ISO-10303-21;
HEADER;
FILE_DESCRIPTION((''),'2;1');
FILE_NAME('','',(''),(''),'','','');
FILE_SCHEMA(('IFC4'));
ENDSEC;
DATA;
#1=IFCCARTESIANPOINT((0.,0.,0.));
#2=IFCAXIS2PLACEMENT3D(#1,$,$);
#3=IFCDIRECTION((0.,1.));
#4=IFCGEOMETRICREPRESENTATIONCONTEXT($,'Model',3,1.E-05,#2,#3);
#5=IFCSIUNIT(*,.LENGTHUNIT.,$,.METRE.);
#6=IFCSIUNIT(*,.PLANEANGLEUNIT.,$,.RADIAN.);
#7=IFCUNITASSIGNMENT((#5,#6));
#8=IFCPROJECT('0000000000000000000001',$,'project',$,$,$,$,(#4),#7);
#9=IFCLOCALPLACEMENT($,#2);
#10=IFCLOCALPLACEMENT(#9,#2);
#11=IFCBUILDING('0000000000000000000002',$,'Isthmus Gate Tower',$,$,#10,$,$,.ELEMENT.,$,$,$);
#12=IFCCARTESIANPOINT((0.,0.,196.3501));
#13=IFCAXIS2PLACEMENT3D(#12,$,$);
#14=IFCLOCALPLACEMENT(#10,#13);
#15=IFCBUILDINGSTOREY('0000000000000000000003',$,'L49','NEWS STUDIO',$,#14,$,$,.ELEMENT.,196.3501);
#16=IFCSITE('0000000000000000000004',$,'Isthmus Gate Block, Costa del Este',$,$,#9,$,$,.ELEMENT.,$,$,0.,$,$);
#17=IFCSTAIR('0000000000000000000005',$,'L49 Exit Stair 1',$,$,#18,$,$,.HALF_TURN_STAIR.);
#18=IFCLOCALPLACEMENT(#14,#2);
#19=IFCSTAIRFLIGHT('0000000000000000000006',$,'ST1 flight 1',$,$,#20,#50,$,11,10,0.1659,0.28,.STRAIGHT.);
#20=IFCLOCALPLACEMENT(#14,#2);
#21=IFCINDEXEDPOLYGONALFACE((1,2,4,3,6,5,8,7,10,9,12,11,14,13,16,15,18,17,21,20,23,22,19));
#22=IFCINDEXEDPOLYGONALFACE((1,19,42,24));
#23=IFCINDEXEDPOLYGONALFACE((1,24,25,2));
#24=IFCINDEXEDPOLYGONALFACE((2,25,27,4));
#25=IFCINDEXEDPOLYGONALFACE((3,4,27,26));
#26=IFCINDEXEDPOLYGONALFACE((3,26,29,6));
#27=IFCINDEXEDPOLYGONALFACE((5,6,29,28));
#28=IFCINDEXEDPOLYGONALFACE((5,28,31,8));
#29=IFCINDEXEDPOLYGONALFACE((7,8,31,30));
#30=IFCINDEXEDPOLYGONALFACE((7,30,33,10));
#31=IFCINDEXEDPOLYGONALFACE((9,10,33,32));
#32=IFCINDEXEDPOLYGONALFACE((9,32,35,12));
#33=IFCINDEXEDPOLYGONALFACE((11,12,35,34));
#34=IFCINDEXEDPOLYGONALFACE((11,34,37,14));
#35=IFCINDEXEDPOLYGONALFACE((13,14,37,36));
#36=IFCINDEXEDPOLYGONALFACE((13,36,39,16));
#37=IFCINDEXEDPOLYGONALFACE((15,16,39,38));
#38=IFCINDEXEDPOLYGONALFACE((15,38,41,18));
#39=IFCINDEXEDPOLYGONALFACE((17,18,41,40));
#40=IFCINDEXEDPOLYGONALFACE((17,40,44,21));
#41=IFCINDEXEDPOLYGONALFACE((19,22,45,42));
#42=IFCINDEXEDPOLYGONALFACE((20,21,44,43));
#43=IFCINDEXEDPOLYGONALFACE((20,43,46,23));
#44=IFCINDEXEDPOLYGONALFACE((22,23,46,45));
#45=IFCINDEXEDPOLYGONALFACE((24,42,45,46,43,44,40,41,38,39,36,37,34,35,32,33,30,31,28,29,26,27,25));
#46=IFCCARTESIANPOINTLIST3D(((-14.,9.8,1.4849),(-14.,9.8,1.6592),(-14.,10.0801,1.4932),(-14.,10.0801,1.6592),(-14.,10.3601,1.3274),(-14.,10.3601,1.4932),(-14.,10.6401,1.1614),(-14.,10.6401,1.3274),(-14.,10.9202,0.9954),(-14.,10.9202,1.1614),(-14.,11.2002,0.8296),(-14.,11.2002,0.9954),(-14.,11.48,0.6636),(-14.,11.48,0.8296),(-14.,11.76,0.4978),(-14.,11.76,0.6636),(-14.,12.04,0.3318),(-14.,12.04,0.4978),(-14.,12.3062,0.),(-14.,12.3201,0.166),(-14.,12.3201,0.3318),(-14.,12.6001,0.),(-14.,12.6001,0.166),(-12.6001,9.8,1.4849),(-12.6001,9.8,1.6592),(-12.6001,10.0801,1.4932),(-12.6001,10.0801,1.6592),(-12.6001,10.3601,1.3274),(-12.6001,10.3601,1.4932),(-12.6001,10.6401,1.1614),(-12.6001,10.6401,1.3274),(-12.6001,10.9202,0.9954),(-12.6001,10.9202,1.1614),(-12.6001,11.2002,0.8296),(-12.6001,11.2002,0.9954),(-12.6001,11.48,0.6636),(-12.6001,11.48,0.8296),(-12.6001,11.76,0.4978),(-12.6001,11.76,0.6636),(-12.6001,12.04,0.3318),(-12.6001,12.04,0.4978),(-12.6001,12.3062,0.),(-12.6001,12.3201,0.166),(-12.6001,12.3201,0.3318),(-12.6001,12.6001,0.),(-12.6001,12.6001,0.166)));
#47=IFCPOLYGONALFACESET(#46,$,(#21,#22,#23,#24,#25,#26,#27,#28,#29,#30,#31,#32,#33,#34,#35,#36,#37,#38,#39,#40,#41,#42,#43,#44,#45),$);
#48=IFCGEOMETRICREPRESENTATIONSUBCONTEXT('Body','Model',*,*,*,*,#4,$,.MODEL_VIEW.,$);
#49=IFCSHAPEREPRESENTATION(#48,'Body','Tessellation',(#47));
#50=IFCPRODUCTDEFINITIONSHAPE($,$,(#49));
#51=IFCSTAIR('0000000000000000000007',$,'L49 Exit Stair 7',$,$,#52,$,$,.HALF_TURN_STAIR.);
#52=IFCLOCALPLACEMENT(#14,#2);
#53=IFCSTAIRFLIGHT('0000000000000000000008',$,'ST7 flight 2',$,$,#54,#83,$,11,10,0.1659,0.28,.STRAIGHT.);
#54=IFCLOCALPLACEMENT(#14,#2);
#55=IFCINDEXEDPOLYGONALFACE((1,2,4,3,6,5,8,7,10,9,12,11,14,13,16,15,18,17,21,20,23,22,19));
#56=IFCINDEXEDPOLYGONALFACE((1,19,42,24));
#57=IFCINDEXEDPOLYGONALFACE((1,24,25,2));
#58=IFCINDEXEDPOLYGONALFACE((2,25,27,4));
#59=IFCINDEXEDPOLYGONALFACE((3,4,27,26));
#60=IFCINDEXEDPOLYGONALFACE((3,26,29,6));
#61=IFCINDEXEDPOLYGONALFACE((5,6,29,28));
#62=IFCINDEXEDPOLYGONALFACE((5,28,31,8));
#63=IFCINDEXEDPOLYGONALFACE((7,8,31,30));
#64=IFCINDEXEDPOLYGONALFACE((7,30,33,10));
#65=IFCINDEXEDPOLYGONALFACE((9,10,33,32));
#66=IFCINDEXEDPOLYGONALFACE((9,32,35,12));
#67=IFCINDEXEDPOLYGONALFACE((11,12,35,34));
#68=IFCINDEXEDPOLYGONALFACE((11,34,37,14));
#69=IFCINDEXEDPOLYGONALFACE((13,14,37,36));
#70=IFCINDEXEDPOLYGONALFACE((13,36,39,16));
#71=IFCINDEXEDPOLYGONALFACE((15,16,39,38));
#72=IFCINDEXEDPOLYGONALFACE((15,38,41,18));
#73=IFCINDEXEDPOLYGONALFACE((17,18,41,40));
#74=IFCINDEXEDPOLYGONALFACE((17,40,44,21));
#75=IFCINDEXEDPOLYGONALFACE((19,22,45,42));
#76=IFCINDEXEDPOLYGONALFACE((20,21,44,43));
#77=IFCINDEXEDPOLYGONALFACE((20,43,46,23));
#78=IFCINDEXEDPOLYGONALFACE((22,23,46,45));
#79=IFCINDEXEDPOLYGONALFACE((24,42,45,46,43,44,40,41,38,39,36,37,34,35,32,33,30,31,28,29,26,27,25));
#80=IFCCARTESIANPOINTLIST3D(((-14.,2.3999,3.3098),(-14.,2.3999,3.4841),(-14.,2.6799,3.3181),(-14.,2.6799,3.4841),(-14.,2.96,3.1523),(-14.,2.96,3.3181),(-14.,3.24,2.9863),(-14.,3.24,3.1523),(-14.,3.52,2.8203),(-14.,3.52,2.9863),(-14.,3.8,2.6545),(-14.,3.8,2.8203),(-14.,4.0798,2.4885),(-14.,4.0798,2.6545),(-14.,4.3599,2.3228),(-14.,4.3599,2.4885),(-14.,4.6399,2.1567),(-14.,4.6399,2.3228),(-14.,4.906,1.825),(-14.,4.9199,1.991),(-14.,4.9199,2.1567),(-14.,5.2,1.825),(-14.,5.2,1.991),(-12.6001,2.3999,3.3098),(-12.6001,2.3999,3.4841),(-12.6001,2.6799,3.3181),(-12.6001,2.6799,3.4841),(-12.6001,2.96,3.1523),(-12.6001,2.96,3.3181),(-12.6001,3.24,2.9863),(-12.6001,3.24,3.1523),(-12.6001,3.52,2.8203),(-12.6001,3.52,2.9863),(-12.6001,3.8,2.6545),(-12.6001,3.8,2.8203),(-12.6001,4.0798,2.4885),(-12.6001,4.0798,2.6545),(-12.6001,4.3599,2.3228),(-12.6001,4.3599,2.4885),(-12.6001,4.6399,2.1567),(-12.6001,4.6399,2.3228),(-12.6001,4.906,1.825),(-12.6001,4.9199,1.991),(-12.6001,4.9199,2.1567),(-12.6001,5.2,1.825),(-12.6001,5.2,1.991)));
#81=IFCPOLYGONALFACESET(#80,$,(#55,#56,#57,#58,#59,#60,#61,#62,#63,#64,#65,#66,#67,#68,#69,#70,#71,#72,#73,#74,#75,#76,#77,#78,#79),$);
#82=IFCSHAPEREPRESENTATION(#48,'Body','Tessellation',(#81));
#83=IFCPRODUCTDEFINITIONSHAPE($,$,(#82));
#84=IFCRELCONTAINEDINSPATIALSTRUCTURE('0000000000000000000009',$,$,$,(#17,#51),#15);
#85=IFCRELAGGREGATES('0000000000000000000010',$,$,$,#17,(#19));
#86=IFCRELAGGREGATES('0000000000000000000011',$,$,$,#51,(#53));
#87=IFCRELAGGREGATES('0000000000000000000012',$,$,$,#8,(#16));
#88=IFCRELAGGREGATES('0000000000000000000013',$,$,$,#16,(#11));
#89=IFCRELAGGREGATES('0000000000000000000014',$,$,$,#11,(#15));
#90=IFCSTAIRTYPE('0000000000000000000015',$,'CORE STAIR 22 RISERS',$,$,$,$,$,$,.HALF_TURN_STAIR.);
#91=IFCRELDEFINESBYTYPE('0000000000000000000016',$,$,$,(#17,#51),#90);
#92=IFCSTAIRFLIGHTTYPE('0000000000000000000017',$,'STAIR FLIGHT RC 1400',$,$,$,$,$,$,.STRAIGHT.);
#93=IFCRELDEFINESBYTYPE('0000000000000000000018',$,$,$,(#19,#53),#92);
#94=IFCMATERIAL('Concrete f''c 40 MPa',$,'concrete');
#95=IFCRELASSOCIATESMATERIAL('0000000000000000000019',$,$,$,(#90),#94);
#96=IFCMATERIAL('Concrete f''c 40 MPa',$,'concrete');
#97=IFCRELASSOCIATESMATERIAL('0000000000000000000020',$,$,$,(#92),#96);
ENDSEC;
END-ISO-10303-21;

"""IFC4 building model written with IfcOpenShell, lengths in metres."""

from ifc_helpers import new_model, si_unit, direction, frame, origin, place, context, subcontext, project, spatial, polyline, outline, extrude, material, type_object, element, aggregate, save


model = new_model("IFC4")

# Units and contexts
model_context = context("Model", 3, precision=1e-05, world=origin(), true_north=direction((0.0, 1.0)))
body_context = subcontext(model_context, "Body", "Model", "MODEL_VIEW")
ifc_project = project(units=[si_unit("LENGTHUNIT", "METRE"), si_unit("PLANEANGLEUNIT", "RADIAN")], contexts=[model_context])

# Site, building, storey
site_placement = place(None, origin())
site = spatial("IfcSite", under=ifc_project, at=site_placement, Name="Isthmus Gate Block, Costa del Este", CompositionType="ELEMENT", RefElevation=0.0)
building_placement = place(site_placement, origin())
building = spatial("IfcBuilding", under=site, at=building_placement, Name="Isthmus Gate Tower", CompositionType="ELEMENT")
storey_placement = place(building_placement, frame((0.0, 0.0, 196.3501)))
storey = spatial("IfcBuildingStorey", under=building, at=storey_placement, Name="L49", Description="NEWS STUDIO", CompositionType="ELEMENT", Elevation=196.3501)

# Stairs, stair flights
ifc_material_1 = material(Name="Concrete f'c 40 MPa", Category="concrete")
stair_type = type_object("IfcStairType", Name="CORE STAIR 22 RISERS", PredefinedType="HALF_TURN_STAIR", material=ifc_material_1)
stair_1_placement = place(storey_placement, origin())
stair_1 = element("IfcStair", 1, at=stair_1_placement, inside=storey, type_object=stair_type, Name="L49 Exit Stair 1", PredefinedType="HALF_TURN_STAIR")
ifc_material_2 = material(Name="Concrete f'c 40 MPa", Category="concrete")
stair_flight_type = type_object("IfcStairFlightType", Name="STAIR FLIGHT RC 1400", PredefinedType="STRAIGHT", material=ifc_material_2)
stair_flight_1_placement = place(storey_placement, frame((-13.3, 12.6001, 0.0), z_axis=(0.0, 0.0, 1.0), x_axis=(0.0, -1.0, 0.0)))
stair_flight_1 = element("IfcStairFlight", 2, at=stair_flight_1_placement, type_object=stair_flight_type, Name="ST1 flight 1", NumberOfRisers=11, NumberOfTreads=10, PredefinedType="STRAIGHT", RiserHeight=0.1659, TreadLength=0.28, context=body_context, shape_type="SweptSolid", body=[
    extrude(outline(polyline([(0.0, 0.0), (0.0, 0.166), (0.28, 0.166), (0.28, 0.3318), (0.5601, 0.3318), (0.5601, 0.4978), (0.8401, 0.4978), (0.8401, 0.6636), (1.1201, 0.6636), (1.1201, 0.8296), (1.3999, 0.8296), (1.3999, 0.9954), (1.6799, 0.9954), (1.6799, 1.1614), (1.96, 1.1614), (1.96, 1.3274), (2.24, 1.3274), (2.24, 1.4932), (2.52, 1.4932), (2.52, 1.6592), (2.8, 1.6592), (2.8, 1.825), (2.8, 1.4849), (0.2939, 0.0), (0.0, 0.0)])), frame((0.0, 0.7, 0.0), z_axis=(0.0, -1.0, 0.0), x_axis=(1.0, 0.0, 0.0)), (0.0, 0.0, 1.0), 1.3999),
])
aggregate(stair_1, [stair_flight_1])
stair_2_placement = place(storey_placement, origin())
stair_2 = element("IfcStair", 3, at=stair_2_placement, inside=storey, type_object=stair_type, Name="L49 Exit Stair 7", PredefinedType="HALF_TURN_STAIR")
stair_flight_2_placement = place(storey_placement, frame((-13.3, 5.2, 1.825), z_axis=(0.0, 0.0, 1.0), x_axis=(0.0, -1.0, 0.0)))
stair_flight_2 = element("IfcStairFlight", 4, at=stair_flight_2_placement, type_object=stair_flight_type, Name="ST7 flight 2", NumberOfRisers=11, NumberOfTreads=10, PredefinedType="STRAIGHT", RiserHeight=0.1659, TreadLength=0.28, context=body_context, shape_type="SweptSolid", body=[
    extrude(outline(polyline([(0.0, 0.0), (0.0, 0.166), (0.28, 0.166), (0.28, 0.3318), (0.5601, 0.3318), (0.5601, 0.4978), (0.8401, 0.4978), (0.8401, 0.6636), (1.1201, 0.6636), (1.1201, 0.8296), (1.3999, 0.8296), (1.3999, 0.9954), (1.6799, 0.9954), (1.6799, 1.1614), (1.96, 1.1614), (1.96, 1.3274), (2.24, 1.3274), (2.24, 1.4932), (2.52, 1.4932), (2.52, 1.6592), (2.8, 1.6592), (2.8, 1.825), (2.8, 1.4849), (0.2939, 0.0), (0.0, 0.0)])), frame((0.0, 0.7, 0.0), z_axis=(0.0, -1.0, 0.0), x_axis=(1.0, 0.0, 0.0)), (0.0, 0.0, 1.0), 1.3999),
])
aggregate(stair_2, [stair_flight_2])

save(model, "model.ifc")
